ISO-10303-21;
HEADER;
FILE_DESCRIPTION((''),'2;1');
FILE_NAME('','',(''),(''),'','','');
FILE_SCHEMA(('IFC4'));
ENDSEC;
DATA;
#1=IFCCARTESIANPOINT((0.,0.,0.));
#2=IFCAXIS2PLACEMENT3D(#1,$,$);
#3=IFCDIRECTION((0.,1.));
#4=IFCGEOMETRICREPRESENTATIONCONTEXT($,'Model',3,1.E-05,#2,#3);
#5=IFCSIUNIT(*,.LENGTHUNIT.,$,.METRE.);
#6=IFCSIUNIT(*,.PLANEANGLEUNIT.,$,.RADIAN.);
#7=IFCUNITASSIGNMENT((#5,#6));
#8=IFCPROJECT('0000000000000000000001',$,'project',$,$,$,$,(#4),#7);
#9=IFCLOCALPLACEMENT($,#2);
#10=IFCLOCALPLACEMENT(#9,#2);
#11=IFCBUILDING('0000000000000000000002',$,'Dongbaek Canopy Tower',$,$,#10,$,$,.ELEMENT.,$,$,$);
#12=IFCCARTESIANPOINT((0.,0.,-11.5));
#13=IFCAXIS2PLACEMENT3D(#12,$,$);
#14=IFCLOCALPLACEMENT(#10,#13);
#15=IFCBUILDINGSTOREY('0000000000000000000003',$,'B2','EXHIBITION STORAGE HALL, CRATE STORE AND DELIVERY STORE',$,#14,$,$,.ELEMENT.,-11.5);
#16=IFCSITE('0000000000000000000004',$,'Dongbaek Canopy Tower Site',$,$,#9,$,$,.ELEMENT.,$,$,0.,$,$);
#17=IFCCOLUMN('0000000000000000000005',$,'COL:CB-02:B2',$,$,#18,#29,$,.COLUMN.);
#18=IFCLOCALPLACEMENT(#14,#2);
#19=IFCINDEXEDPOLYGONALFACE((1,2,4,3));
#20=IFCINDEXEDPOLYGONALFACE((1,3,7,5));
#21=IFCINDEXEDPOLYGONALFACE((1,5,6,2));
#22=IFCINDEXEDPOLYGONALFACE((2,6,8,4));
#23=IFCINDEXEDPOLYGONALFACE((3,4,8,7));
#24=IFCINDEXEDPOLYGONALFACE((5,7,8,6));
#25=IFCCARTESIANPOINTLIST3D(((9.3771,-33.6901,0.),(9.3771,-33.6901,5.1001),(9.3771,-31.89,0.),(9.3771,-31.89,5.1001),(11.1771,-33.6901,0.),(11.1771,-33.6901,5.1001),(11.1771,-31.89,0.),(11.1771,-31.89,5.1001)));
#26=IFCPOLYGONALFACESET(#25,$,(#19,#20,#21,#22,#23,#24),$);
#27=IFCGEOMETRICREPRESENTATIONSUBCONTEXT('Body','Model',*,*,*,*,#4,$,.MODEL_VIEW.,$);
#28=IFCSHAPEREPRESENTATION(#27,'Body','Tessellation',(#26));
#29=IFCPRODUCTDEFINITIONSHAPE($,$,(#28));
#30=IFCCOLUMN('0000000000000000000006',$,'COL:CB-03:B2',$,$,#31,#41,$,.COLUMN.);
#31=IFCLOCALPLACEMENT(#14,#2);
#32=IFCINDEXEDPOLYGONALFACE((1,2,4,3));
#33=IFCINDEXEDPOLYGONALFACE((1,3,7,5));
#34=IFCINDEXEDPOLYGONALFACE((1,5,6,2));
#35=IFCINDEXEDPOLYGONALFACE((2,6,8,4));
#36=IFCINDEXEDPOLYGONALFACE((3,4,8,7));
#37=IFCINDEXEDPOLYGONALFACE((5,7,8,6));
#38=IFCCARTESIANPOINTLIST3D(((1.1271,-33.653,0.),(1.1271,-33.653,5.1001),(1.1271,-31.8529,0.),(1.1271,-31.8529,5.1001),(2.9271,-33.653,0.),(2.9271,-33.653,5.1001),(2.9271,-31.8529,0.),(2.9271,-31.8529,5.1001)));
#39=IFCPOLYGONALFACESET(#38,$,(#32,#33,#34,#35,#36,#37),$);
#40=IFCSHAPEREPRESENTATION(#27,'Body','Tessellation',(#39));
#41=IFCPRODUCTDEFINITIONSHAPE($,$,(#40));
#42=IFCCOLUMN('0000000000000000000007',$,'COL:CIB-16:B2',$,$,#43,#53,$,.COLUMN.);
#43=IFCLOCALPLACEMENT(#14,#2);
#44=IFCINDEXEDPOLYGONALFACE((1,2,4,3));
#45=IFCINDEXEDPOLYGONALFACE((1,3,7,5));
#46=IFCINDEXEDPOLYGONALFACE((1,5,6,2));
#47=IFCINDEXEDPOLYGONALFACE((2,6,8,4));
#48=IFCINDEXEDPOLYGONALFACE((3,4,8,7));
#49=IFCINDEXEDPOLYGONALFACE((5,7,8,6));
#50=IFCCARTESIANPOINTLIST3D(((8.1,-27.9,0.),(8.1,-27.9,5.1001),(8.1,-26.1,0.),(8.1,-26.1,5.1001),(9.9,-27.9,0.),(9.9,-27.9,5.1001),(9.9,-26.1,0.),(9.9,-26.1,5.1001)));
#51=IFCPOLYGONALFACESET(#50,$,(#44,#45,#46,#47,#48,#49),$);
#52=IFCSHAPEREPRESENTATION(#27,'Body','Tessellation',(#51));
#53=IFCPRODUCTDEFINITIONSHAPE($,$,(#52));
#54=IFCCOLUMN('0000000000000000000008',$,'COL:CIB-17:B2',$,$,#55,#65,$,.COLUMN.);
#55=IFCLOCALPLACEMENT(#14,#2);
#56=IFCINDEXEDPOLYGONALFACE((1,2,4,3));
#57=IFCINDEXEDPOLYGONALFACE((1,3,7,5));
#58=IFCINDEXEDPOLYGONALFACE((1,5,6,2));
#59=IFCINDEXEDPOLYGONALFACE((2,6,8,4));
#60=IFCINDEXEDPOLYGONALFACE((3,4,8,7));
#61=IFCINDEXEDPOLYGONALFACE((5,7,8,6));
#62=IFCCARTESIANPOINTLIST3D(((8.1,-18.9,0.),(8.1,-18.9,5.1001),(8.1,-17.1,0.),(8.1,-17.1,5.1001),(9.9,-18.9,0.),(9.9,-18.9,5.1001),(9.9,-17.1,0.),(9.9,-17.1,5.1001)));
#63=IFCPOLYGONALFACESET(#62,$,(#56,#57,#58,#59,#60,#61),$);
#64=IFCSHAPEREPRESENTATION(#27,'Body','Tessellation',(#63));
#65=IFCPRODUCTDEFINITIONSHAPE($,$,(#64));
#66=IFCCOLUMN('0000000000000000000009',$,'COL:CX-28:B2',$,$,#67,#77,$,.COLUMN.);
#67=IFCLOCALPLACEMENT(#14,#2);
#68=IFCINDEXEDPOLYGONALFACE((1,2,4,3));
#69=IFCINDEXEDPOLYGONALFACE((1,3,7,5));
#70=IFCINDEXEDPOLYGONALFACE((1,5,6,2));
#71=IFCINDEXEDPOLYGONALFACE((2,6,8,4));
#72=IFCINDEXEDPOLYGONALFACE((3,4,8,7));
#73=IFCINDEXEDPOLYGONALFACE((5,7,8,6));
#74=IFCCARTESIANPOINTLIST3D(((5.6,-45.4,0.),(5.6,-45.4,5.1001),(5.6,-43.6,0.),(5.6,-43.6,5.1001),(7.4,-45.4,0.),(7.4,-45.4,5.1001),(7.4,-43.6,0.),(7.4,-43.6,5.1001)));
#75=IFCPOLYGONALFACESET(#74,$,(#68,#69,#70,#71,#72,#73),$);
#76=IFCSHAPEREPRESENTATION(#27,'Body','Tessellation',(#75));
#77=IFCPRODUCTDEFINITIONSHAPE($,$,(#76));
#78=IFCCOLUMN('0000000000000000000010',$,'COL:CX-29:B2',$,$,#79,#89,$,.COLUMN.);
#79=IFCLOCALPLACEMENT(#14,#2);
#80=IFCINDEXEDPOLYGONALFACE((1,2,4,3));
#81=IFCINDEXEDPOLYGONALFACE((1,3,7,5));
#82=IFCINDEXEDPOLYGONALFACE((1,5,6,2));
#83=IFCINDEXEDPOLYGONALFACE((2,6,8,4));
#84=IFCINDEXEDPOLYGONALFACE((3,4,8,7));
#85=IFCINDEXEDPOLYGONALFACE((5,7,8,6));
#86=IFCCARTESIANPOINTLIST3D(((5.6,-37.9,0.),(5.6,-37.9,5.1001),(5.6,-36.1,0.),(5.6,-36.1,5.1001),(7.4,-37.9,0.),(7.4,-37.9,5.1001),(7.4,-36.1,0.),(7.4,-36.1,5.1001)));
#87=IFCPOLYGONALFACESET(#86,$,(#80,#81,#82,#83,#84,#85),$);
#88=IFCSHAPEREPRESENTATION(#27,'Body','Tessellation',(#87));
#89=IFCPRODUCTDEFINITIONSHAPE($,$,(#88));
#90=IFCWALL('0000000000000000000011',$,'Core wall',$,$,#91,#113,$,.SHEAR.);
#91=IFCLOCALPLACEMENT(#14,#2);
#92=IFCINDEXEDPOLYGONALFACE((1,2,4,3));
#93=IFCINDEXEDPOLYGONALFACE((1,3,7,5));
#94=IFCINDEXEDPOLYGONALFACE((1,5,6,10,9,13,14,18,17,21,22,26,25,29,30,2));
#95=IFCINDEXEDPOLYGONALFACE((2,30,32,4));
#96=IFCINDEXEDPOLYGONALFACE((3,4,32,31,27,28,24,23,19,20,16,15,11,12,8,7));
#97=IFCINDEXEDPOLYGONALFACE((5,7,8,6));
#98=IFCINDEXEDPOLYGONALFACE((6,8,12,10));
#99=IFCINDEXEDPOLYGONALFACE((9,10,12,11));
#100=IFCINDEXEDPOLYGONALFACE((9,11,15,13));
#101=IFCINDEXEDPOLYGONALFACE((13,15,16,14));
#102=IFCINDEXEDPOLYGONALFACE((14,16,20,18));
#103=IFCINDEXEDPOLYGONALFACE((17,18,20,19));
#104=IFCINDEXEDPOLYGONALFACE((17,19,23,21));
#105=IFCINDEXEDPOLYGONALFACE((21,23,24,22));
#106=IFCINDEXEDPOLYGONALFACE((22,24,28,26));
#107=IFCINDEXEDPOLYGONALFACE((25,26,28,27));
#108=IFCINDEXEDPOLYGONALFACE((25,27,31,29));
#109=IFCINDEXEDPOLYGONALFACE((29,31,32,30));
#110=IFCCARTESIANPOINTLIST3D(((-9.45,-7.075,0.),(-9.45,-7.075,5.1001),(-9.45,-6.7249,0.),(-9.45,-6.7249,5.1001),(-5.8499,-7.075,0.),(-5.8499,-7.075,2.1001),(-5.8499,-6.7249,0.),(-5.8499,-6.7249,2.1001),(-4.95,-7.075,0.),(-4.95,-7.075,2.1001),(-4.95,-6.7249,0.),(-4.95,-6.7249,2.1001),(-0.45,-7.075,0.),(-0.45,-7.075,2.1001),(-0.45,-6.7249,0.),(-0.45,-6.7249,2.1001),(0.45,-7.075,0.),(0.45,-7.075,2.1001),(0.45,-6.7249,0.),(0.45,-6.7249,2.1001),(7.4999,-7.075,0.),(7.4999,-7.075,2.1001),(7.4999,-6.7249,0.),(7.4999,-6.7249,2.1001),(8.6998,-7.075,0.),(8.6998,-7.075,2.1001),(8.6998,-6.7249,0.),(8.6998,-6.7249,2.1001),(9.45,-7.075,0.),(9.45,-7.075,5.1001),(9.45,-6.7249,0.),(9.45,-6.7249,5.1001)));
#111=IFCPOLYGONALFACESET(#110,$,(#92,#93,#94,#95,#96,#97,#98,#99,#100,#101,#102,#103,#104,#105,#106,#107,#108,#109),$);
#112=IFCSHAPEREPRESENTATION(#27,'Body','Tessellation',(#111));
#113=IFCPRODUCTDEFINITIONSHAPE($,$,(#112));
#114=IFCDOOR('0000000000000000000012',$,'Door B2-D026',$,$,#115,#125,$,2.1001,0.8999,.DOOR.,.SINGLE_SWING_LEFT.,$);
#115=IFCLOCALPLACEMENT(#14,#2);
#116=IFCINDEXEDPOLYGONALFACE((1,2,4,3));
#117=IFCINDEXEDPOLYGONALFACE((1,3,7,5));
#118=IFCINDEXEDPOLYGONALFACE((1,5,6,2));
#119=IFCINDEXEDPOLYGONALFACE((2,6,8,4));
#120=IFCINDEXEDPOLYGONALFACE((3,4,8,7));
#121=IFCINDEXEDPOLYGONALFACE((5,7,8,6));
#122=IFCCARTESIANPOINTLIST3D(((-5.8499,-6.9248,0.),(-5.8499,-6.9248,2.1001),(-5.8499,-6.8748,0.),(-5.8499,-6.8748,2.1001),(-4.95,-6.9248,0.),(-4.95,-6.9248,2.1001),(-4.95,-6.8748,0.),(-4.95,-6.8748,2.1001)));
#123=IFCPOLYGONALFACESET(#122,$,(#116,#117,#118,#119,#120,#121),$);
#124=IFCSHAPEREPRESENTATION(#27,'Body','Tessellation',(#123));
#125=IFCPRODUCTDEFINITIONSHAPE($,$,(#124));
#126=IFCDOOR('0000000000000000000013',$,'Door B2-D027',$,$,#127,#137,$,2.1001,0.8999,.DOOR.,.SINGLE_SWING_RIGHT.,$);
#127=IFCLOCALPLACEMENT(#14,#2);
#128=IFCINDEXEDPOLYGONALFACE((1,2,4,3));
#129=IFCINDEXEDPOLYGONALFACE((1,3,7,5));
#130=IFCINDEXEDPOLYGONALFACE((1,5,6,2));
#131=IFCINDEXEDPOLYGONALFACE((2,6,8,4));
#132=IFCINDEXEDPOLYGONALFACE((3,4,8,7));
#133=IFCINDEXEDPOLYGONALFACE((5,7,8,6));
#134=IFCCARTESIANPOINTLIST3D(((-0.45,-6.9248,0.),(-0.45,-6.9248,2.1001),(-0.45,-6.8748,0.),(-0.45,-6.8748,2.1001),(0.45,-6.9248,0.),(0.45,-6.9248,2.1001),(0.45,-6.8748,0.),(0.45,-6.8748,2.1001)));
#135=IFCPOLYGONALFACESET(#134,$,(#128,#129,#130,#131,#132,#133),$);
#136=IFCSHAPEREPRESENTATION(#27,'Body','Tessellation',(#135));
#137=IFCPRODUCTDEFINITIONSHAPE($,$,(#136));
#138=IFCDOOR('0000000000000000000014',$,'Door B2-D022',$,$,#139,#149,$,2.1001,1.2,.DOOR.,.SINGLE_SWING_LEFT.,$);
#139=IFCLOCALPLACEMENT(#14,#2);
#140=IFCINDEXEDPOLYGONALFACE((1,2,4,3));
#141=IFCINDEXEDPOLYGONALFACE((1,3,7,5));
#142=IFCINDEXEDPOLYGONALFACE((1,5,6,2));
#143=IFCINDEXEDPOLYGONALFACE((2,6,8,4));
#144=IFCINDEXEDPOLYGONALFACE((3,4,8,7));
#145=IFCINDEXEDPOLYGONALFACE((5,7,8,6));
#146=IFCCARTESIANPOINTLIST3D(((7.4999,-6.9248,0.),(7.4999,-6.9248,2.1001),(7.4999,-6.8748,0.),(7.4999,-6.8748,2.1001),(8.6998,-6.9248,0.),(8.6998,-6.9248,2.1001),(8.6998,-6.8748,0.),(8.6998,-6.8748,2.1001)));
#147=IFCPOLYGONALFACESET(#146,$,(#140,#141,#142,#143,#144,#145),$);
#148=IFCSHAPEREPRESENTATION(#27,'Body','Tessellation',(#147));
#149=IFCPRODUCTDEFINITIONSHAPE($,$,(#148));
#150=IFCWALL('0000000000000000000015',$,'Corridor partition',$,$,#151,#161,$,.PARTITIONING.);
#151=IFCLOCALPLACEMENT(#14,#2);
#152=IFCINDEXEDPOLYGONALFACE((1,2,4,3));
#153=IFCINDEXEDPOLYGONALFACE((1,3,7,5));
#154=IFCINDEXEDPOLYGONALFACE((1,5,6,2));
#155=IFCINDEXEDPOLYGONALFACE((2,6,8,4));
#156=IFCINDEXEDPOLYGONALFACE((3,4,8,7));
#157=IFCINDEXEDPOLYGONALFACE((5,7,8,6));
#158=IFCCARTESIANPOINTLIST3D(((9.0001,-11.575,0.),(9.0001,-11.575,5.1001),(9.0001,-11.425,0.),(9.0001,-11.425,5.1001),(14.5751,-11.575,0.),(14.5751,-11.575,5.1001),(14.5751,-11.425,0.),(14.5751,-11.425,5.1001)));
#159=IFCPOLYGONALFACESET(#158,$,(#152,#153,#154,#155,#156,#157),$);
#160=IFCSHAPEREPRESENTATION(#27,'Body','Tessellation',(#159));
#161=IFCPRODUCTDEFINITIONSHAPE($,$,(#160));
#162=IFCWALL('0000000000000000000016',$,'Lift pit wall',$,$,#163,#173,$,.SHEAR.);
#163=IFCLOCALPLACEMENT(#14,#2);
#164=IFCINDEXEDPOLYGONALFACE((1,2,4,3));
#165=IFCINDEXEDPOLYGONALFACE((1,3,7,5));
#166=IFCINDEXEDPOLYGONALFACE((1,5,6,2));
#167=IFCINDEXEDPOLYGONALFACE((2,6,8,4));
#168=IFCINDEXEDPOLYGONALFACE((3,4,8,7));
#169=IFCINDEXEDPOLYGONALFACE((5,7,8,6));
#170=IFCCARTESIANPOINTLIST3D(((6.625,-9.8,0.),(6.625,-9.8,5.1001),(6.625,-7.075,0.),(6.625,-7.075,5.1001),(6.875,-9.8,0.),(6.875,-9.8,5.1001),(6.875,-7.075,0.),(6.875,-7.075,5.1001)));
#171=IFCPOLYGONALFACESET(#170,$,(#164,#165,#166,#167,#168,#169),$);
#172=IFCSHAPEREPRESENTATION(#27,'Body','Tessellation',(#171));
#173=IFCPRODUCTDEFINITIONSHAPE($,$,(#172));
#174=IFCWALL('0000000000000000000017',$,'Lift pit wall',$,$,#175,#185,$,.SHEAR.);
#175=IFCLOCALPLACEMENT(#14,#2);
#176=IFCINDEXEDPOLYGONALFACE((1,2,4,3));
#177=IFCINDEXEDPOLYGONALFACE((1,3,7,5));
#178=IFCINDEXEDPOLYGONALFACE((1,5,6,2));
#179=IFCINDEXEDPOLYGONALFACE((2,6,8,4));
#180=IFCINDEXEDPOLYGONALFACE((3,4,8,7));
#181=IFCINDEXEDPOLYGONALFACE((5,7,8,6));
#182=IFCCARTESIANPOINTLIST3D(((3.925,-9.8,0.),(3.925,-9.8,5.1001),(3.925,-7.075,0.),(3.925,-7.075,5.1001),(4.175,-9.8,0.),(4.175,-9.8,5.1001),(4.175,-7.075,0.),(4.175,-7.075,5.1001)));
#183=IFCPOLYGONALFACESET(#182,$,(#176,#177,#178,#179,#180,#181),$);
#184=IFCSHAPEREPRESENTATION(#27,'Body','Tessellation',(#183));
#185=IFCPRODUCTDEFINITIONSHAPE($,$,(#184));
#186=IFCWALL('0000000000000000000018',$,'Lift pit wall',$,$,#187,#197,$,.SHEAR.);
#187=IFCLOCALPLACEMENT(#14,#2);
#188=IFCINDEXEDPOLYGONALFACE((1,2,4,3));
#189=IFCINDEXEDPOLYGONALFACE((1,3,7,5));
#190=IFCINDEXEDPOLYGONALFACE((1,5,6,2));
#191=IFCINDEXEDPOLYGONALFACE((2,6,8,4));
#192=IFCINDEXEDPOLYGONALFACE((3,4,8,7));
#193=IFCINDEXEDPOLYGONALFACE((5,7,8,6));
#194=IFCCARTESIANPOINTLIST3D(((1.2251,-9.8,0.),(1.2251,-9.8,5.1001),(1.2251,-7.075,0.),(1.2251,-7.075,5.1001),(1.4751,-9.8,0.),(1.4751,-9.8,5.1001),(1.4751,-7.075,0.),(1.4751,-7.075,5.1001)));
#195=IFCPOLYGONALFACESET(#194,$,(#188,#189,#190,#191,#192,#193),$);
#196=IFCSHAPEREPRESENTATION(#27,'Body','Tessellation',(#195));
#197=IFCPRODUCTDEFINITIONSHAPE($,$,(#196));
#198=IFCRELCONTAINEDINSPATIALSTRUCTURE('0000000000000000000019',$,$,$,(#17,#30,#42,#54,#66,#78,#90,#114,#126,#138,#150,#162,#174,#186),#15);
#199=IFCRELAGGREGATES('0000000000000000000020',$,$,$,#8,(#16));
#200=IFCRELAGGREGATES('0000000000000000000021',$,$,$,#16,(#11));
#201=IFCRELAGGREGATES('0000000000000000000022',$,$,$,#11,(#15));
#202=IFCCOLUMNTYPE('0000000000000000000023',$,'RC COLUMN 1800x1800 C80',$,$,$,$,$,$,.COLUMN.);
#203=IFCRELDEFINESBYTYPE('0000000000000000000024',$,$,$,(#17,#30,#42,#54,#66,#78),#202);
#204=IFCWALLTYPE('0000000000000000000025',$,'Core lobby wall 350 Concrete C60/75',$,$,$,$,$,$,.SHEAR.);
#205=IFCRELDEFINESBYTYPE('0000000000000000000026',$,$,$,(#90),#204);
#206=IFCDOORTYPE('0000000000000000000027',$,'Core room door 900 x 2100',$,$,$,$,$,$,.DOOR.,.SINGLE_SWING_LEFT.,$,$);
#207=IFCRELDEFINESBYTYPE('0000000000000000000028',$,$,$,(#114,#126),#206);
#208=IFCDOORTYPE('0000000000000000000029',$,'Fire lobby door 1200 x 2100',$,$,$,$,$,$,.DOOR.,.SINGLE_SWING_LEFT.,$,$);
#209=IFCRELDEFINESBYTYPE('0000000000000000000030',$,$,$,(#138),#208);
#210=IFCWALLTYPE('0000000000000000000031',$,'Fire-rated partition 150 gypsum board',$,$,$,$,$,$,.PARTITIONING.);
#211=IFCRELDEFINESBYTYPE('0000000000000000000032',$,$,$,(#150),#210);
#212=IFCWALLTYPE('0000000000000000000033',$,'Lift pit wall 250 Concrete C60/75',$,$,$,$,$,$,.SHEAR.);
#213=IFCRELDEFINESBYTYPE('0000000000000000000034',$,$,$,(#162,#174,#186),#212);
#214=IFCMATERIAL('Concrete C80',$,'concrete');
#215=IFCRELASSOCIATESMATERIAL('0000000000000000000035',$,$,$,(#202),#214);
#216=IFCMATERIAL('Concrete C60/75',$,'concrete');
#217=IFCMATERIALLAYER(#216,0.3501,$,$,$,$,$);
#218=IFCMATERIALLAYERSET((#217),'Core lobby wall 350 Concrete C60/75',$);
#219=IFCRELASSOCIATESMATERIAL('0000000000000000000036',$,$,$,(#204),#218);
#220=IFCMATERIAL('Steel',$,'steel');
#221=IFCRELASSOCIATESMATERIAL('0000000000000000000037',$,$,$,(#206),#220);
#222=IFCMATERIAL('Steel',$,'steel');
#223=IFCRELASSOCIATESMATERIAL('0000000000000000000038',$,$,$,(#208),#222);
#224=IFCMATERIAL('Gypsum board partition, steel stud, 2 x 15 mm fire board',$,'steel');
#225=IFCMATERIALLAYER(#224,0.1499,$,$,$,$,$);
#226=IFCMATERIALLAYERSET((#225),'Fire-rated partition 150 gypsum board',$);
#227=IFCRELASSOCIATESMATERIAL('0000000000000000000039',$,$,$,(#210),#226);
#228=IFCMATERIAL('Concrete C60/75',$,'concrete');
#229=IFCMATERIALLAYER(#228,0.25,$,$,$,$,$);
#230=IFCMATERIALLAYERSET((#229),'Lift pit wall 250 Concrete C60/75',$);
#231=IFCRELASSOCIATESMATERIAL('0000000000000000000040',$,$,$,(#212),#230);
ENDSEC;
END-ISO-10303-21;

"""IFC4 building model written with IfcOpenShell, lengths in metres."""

from ifc_helpers import new_model, si_unit, direction, frame, frame_2d, origin, origin_2d, place, context, subcontext, project, spatial, rectangle, extrude, material, layer, layer_set, material_profile, profile_set, type_object, element, fill, save


model = new_model("IFC4")

# Units and contexts
model_context = context("Model", 3, precision=1e-05, world=origin(), true_north=direction((0.0, 1.0)))
body_context = subcontext(model_context, "Body", "Model", "MODEL_VIEW")
ifc_project = project(units=[si_unit("LENGTHUNIT", "METRE"), si_unit("PLANEANGLEUNIT", "RADIAN")], contexts=[model_context])

# Site, building, storey
site_placement = place(None, origin())
site = spatial("IfcSite", under=ifc_project, at=site_placement, Name="Dongbaek Canopy Tower Site", CompositionType="ELEMENT", RefElevation=0.0)
building_placement = place(site_placement, origin())
building = spatial("IfcBuilding", under=site, at=building_placement, Name="Dongbaek Canopy Tower", CompositionType="ELEMENT")
storey_placement = place(building_placement, frame((0.0, 0.0, -11.5)))
storey = spatial("IfcBuildingStorey", under=building, at=storey_placement, Name="B2", Description="EXHIBITION STORAGE HALL, CRATE STORE AND DELIVERY STORE", CompositionType="ELEMENT", Elevation=-11.5)

# Columns
ifc_material_1 = material(Name="Concrete C80", Category="concrete")
ifc_material_profile = material_profile(ifc_material_1, rectangle(XDim=1.8, YDim=1.8, at=origin_2d()), Name="RC COLUMN 1800x1800 C80")
ifc_profile_set = profile_set([ifc_material_profile], Name="Concrete C80")
column_type = type_object("IfcColumnType", Name="RC COLUMN 1800x1800 C80", PredefinedType="COLUMN", material=ifc_profile_set)
for number, where, z_axis, x_axis, name in (
    (1, (10.2771, -32.79, 0.0), (0.0, 0.0, 1.0), (1.0, 0.0, 0.0), "COL:CB-02:B2"),
    (2, (2.0271, -32.7529, 0.0), (0.0, 0.0, 1.0), (1.0, 0.0, 0.0), "COL:CB-03:B2"),
    (3, (9.0, -27.0, 0.0), (0.0, 0.0, 1.0), (1.0, 0.0, 0.0), "COL:CIB-16:B2"),
    (4, (9.0, -18.0, 0.0), (0.0, 0.0, 1.0), (1.0, 0.0, 0.0), "COL:CIB-17:B2"),
    (5, (6.5, -44.5, 0.0), (0.0, 0.0, 1.0), (1.0, 0.0, 0.0), "COL:CX-28:B2"),
    (6, (6.5, -37.0, 0.0), (0.0, 0.0, 1.0), (1.0, 0.0, 0.0), "COL:CX-29:B2"),
):
    element("IfcColumn", number, at=place(storey_placement, frame(where, z_axis=z_axis, x_axis=x_axis)), inside=storey, type_object=column_type, Name=name, PredefinedType="COLUMN", context=body_context, shape_type="SweptSolid", body=[
        extrude(rectangle(XDim=1.8, YDim=1.8, at=origin_2d()), origin(), (0.0, 0.0, 1.0), 5.1001),
    ])

# Wall, openings, doors
ifc_material_2 = material(Name="Concrete C60/75", Category="concrete")
ifc_layer_1 = layer(ifc_material_2, 0.3501)
ifc_layer_set_1 = layer_set([ifc_layer_1], Name="Core lobby wall 350 Concrete C60/75")
wall_type_1 = type_object("IfcWallType", Name="Core lobby wall 350 Concrete C60/75", PredefinedType="SHEAR", material=ifc_layer_set_1)
wall_1_placement = place(storey_placement, frame((9.45, -6.8999, 0.0), z_axis=(0.0, 0.0, 1.0), x_axis=(-1.0, 0.0, 0.0)))
wall_1 = element("IfcWall", 7, at=wall_1_placement, inside=storey, type_object=wall_type_1, Name="Core wall", PredefinedType="SHEAR", context=body_context, shape_type="SweptSolid", body=[
    extrude(rectangle(XDim=18.8999, YDim=0.3501, at=frame_2d((9.45, 0.0))), origin(), (0.0, 0.0, 1.0), 5.1001),
])
opening_1_placement = place(wall_1_placement, frame((0.75, 0.0, 0.0)))
opening_1 = element("IfcOpeningElement", 8, at=opening_1_placement, cuts=wall_1, PredefinedType="OPENING", context=body_context, shape_type="SweptSolid", body=[
    extrude(rectangle(XDim=1.2, YDim=2.1001, at=frame_2d((0.6001, 1.05))), frame((0.0, 0.1851, 0.0), z_axis=(0.0, -1.0, 0.0), x_axis=(1.0, 0.0, 0.0)), (0.0, 0.0, 1.0), 0.3701),
])
opening_2_placement = place(wall_1_placement, frame((14.3999, 0.0, 0.0)))
opening_2 = element("IfcOpeningElement", 9, at=opening_2_placement, cuts=wall_1, PredefinedType="OPENING", context=body_context, shape_type="SweptSolid", body=[
    extrude(rectangle(XDim=0.8999, YDim=2.1001, at=frame_2d((0.45, 1.05))), frame((0.0, 0.1851, 0.0), z_axis=(0.0, -1.0, 0.0), x_axis=(1.0, 0.0, 0.0)), (0.0, 0.0, 1.0), 0.3701),
])
opening_3_placement = place(wall_1_placement, frame((9.0, 0.0, 0.0)))
opening_3 = element("IfcOpeningElement", 10, at=opening_3_placement, cuts=wall_1, PredefinedType="OPENING", context=body_context, shape_type="SweptSolid", body=[
    extrude(rectangle(XDim=0.8999, YDim=2.1001, at=frame_2d((0.45, 1.05))), frame((0.0, 0.1851, 0.0), z_axis=(0.0, -1.0, 0.0), x_axis=(1.0, 0.0, 0.0)), (0.0, 0.0, 1.0), 0.3701),
])
ifc_material_3 = material(Name="Steel", Category="steel")
door_type_1 = type_object("IfcDoorType", Name="Core room door 900 x 2100", OperationType="SINGLE_SWING_LEFT", PredefinedType="DOOR", material=ifc_material_3)
door_1_placement = place(opening_2_placement, origin())
door_1 = element("IfcDoor", 11, at=door_1_placement, inside=storey, type_object=door_type_1, Name="Door B2-D026", OperationType="SINGLE_SWING_LEFT", OverallHeight=2.1001, OverallWidth=0.8999, PredefinedType="DOOR", context=body_context, shape_type="SweptSolid", body=[
    extrude(rectangle(XDim=0.8999, YDim=2.1001, at=frame_2d((0.45, 1.05))), frame((0.0, 0.0249, 0.0), z_axis=(0.0, -1.0, 0.0), x_axis=(1.0, 0.0, 0.0)), (0.0, 0.0, 1.0), 0.05),
])
fill(opening_2, door_1)
door_2_placement = place(opening_3_placement, origin())
door_2 = element("IfcDoor", 12, at=door_2_placement, inside=storey, type_object=door_type_1, Name="Door B2-D027", OperationType="SINGLE_SWING_RIGHT", OverallHeight=2.1001, OverallWidth=0.8999, PredefinedType="DOOR", context=body_context, shape_type="SweptSolid", body=[
    extrude(rectangle(XDim=0.8999, YDim=2.1001, at=frame_2d((0.45, 1.05))), frame((0.0, 0.0249, 0.0), z_axis=(0.0, -1.0, 0.0), x_axis=(1.0, 0.0, 0.0)), (0.0, 0.0, 1.0), 0.05),
])
fill(opening_3, door_2)
ifc_material_4 = material(Name="Steel", Category="steel")
door_type_2 = type_object("IfcDoorType", Name="Fire lobby door 1200 x 2100", OperationType="SINGLE_SWING_LEFT", PredefinedType="DOOR", material=ifc_material_4)
door_3_placement = place(opening_1_placement, origin())
door_3 = element("IfcDoor", 13, at=door_3_placement, inside=storey, type_object=door_type_2, Name="Door B2-D022", OperationType="SINGLE_SWING_LEFT", OverallHeight=2.1001, OverallWidth=1.2, PredefinedType="DOOR", context=body_context, shape_type="SweptSolid", body=[
    extrude(rectangle(XDim=1.2, YDim=2.1001, at=frame_2d((0.6001, 1.05))), frame((0.0, 0.0249, 0.0), z_axis=(0.0, -1.0, 0.0), x_axis=(1.0, 0.0, 0.0)), (0.0, 0.0, 1.0), 0.05),
])
fill(opening_1, door_3)

# Walls
ifc_material_5 = material(Name="Gypsum board partition, steel stud, 2 x 15 mm fire board", Category="steel")
ifc_layer_2 = layer(ifc_material_5, 0.1499)
ifc_layer_set_2 = layer_set([ifc_layer_2], Name="Fire-rated partition 150 gypsum board")
wall_type_2 = type_object("IfcWallType", Name="Fire-rated partition 150 gypsum board", PredefinedType="PARTITIONING", material=ifc_layer_set_2)
wall_2_placement = place(storey_placement, frame((9.0, -11.5, 0.0), z_axis=(0.0, 0.0, 1.0), x_axis=(1.0, 0.0, 0.0)))
element("IfcWall", 14, at=wall_2_placement, inside=storey, type_object=wall_type_2, Name="Corridor partition", PredefinedType="PARTITIONING", context=body_context, shape_type="SweptSolid", body=[
    extrude(rectangle(XDim=5.575, YDim=0.1499, at=frame_2d((2.7876, 0.0))), origin(), (0.0, 0.0, 1.0), 5.1001),
])
ifc_material_6 = material(Name="Concrete C60/75", Category="concrete")
ifc_layer_3 = layer(ifc_material_6, 0.25)
ifc_layer_set_3 = layer_set([ifc_layer_3], Name="Lift pit wall 250 Concrete C60/75")
wall_type_3 = type_object("IfcWallType", Name="Lift pit wall 250 Concrete C60/75", PredefinedType="SHEAR", material=ifc_layer_set_3)
for number, where, z_axis, x_axis, name in (
    (15, (6.75, -9.8, 0.0), (0.0, 0.0, 1.0), (0.0, 1.0, 0.0), "Lift pit wall"),
    (16, (4.05, -9.8, 0.0), (0.0, 0.0, 1.0), (0.0, 1.0, 0.0), "Lift pit wall"),
    (17, (1.3501, -9.8, 0.0), (0.0, 0.0, 1.0), (0.0, 1.0, 0.0), "Lift pit wall"),
):
    element("IfcWall", number, at=place(storey_placement, frame(where, z_axis=z_axis, x_axis=x_axis)), inside=storey, type_object=wall_type_3, Name=name, PredefinedType="SHEAR", context=body_context, shape_type="SweptSolid", body=[
        extrude(rectangle(XDim=2.7251, YDim=0.25, at=frame_2d((1.3625, 0.0))), origin(), (0.0, 0.0, 1.0), 5.1001),
    ])

save(model, "model.ifc")
